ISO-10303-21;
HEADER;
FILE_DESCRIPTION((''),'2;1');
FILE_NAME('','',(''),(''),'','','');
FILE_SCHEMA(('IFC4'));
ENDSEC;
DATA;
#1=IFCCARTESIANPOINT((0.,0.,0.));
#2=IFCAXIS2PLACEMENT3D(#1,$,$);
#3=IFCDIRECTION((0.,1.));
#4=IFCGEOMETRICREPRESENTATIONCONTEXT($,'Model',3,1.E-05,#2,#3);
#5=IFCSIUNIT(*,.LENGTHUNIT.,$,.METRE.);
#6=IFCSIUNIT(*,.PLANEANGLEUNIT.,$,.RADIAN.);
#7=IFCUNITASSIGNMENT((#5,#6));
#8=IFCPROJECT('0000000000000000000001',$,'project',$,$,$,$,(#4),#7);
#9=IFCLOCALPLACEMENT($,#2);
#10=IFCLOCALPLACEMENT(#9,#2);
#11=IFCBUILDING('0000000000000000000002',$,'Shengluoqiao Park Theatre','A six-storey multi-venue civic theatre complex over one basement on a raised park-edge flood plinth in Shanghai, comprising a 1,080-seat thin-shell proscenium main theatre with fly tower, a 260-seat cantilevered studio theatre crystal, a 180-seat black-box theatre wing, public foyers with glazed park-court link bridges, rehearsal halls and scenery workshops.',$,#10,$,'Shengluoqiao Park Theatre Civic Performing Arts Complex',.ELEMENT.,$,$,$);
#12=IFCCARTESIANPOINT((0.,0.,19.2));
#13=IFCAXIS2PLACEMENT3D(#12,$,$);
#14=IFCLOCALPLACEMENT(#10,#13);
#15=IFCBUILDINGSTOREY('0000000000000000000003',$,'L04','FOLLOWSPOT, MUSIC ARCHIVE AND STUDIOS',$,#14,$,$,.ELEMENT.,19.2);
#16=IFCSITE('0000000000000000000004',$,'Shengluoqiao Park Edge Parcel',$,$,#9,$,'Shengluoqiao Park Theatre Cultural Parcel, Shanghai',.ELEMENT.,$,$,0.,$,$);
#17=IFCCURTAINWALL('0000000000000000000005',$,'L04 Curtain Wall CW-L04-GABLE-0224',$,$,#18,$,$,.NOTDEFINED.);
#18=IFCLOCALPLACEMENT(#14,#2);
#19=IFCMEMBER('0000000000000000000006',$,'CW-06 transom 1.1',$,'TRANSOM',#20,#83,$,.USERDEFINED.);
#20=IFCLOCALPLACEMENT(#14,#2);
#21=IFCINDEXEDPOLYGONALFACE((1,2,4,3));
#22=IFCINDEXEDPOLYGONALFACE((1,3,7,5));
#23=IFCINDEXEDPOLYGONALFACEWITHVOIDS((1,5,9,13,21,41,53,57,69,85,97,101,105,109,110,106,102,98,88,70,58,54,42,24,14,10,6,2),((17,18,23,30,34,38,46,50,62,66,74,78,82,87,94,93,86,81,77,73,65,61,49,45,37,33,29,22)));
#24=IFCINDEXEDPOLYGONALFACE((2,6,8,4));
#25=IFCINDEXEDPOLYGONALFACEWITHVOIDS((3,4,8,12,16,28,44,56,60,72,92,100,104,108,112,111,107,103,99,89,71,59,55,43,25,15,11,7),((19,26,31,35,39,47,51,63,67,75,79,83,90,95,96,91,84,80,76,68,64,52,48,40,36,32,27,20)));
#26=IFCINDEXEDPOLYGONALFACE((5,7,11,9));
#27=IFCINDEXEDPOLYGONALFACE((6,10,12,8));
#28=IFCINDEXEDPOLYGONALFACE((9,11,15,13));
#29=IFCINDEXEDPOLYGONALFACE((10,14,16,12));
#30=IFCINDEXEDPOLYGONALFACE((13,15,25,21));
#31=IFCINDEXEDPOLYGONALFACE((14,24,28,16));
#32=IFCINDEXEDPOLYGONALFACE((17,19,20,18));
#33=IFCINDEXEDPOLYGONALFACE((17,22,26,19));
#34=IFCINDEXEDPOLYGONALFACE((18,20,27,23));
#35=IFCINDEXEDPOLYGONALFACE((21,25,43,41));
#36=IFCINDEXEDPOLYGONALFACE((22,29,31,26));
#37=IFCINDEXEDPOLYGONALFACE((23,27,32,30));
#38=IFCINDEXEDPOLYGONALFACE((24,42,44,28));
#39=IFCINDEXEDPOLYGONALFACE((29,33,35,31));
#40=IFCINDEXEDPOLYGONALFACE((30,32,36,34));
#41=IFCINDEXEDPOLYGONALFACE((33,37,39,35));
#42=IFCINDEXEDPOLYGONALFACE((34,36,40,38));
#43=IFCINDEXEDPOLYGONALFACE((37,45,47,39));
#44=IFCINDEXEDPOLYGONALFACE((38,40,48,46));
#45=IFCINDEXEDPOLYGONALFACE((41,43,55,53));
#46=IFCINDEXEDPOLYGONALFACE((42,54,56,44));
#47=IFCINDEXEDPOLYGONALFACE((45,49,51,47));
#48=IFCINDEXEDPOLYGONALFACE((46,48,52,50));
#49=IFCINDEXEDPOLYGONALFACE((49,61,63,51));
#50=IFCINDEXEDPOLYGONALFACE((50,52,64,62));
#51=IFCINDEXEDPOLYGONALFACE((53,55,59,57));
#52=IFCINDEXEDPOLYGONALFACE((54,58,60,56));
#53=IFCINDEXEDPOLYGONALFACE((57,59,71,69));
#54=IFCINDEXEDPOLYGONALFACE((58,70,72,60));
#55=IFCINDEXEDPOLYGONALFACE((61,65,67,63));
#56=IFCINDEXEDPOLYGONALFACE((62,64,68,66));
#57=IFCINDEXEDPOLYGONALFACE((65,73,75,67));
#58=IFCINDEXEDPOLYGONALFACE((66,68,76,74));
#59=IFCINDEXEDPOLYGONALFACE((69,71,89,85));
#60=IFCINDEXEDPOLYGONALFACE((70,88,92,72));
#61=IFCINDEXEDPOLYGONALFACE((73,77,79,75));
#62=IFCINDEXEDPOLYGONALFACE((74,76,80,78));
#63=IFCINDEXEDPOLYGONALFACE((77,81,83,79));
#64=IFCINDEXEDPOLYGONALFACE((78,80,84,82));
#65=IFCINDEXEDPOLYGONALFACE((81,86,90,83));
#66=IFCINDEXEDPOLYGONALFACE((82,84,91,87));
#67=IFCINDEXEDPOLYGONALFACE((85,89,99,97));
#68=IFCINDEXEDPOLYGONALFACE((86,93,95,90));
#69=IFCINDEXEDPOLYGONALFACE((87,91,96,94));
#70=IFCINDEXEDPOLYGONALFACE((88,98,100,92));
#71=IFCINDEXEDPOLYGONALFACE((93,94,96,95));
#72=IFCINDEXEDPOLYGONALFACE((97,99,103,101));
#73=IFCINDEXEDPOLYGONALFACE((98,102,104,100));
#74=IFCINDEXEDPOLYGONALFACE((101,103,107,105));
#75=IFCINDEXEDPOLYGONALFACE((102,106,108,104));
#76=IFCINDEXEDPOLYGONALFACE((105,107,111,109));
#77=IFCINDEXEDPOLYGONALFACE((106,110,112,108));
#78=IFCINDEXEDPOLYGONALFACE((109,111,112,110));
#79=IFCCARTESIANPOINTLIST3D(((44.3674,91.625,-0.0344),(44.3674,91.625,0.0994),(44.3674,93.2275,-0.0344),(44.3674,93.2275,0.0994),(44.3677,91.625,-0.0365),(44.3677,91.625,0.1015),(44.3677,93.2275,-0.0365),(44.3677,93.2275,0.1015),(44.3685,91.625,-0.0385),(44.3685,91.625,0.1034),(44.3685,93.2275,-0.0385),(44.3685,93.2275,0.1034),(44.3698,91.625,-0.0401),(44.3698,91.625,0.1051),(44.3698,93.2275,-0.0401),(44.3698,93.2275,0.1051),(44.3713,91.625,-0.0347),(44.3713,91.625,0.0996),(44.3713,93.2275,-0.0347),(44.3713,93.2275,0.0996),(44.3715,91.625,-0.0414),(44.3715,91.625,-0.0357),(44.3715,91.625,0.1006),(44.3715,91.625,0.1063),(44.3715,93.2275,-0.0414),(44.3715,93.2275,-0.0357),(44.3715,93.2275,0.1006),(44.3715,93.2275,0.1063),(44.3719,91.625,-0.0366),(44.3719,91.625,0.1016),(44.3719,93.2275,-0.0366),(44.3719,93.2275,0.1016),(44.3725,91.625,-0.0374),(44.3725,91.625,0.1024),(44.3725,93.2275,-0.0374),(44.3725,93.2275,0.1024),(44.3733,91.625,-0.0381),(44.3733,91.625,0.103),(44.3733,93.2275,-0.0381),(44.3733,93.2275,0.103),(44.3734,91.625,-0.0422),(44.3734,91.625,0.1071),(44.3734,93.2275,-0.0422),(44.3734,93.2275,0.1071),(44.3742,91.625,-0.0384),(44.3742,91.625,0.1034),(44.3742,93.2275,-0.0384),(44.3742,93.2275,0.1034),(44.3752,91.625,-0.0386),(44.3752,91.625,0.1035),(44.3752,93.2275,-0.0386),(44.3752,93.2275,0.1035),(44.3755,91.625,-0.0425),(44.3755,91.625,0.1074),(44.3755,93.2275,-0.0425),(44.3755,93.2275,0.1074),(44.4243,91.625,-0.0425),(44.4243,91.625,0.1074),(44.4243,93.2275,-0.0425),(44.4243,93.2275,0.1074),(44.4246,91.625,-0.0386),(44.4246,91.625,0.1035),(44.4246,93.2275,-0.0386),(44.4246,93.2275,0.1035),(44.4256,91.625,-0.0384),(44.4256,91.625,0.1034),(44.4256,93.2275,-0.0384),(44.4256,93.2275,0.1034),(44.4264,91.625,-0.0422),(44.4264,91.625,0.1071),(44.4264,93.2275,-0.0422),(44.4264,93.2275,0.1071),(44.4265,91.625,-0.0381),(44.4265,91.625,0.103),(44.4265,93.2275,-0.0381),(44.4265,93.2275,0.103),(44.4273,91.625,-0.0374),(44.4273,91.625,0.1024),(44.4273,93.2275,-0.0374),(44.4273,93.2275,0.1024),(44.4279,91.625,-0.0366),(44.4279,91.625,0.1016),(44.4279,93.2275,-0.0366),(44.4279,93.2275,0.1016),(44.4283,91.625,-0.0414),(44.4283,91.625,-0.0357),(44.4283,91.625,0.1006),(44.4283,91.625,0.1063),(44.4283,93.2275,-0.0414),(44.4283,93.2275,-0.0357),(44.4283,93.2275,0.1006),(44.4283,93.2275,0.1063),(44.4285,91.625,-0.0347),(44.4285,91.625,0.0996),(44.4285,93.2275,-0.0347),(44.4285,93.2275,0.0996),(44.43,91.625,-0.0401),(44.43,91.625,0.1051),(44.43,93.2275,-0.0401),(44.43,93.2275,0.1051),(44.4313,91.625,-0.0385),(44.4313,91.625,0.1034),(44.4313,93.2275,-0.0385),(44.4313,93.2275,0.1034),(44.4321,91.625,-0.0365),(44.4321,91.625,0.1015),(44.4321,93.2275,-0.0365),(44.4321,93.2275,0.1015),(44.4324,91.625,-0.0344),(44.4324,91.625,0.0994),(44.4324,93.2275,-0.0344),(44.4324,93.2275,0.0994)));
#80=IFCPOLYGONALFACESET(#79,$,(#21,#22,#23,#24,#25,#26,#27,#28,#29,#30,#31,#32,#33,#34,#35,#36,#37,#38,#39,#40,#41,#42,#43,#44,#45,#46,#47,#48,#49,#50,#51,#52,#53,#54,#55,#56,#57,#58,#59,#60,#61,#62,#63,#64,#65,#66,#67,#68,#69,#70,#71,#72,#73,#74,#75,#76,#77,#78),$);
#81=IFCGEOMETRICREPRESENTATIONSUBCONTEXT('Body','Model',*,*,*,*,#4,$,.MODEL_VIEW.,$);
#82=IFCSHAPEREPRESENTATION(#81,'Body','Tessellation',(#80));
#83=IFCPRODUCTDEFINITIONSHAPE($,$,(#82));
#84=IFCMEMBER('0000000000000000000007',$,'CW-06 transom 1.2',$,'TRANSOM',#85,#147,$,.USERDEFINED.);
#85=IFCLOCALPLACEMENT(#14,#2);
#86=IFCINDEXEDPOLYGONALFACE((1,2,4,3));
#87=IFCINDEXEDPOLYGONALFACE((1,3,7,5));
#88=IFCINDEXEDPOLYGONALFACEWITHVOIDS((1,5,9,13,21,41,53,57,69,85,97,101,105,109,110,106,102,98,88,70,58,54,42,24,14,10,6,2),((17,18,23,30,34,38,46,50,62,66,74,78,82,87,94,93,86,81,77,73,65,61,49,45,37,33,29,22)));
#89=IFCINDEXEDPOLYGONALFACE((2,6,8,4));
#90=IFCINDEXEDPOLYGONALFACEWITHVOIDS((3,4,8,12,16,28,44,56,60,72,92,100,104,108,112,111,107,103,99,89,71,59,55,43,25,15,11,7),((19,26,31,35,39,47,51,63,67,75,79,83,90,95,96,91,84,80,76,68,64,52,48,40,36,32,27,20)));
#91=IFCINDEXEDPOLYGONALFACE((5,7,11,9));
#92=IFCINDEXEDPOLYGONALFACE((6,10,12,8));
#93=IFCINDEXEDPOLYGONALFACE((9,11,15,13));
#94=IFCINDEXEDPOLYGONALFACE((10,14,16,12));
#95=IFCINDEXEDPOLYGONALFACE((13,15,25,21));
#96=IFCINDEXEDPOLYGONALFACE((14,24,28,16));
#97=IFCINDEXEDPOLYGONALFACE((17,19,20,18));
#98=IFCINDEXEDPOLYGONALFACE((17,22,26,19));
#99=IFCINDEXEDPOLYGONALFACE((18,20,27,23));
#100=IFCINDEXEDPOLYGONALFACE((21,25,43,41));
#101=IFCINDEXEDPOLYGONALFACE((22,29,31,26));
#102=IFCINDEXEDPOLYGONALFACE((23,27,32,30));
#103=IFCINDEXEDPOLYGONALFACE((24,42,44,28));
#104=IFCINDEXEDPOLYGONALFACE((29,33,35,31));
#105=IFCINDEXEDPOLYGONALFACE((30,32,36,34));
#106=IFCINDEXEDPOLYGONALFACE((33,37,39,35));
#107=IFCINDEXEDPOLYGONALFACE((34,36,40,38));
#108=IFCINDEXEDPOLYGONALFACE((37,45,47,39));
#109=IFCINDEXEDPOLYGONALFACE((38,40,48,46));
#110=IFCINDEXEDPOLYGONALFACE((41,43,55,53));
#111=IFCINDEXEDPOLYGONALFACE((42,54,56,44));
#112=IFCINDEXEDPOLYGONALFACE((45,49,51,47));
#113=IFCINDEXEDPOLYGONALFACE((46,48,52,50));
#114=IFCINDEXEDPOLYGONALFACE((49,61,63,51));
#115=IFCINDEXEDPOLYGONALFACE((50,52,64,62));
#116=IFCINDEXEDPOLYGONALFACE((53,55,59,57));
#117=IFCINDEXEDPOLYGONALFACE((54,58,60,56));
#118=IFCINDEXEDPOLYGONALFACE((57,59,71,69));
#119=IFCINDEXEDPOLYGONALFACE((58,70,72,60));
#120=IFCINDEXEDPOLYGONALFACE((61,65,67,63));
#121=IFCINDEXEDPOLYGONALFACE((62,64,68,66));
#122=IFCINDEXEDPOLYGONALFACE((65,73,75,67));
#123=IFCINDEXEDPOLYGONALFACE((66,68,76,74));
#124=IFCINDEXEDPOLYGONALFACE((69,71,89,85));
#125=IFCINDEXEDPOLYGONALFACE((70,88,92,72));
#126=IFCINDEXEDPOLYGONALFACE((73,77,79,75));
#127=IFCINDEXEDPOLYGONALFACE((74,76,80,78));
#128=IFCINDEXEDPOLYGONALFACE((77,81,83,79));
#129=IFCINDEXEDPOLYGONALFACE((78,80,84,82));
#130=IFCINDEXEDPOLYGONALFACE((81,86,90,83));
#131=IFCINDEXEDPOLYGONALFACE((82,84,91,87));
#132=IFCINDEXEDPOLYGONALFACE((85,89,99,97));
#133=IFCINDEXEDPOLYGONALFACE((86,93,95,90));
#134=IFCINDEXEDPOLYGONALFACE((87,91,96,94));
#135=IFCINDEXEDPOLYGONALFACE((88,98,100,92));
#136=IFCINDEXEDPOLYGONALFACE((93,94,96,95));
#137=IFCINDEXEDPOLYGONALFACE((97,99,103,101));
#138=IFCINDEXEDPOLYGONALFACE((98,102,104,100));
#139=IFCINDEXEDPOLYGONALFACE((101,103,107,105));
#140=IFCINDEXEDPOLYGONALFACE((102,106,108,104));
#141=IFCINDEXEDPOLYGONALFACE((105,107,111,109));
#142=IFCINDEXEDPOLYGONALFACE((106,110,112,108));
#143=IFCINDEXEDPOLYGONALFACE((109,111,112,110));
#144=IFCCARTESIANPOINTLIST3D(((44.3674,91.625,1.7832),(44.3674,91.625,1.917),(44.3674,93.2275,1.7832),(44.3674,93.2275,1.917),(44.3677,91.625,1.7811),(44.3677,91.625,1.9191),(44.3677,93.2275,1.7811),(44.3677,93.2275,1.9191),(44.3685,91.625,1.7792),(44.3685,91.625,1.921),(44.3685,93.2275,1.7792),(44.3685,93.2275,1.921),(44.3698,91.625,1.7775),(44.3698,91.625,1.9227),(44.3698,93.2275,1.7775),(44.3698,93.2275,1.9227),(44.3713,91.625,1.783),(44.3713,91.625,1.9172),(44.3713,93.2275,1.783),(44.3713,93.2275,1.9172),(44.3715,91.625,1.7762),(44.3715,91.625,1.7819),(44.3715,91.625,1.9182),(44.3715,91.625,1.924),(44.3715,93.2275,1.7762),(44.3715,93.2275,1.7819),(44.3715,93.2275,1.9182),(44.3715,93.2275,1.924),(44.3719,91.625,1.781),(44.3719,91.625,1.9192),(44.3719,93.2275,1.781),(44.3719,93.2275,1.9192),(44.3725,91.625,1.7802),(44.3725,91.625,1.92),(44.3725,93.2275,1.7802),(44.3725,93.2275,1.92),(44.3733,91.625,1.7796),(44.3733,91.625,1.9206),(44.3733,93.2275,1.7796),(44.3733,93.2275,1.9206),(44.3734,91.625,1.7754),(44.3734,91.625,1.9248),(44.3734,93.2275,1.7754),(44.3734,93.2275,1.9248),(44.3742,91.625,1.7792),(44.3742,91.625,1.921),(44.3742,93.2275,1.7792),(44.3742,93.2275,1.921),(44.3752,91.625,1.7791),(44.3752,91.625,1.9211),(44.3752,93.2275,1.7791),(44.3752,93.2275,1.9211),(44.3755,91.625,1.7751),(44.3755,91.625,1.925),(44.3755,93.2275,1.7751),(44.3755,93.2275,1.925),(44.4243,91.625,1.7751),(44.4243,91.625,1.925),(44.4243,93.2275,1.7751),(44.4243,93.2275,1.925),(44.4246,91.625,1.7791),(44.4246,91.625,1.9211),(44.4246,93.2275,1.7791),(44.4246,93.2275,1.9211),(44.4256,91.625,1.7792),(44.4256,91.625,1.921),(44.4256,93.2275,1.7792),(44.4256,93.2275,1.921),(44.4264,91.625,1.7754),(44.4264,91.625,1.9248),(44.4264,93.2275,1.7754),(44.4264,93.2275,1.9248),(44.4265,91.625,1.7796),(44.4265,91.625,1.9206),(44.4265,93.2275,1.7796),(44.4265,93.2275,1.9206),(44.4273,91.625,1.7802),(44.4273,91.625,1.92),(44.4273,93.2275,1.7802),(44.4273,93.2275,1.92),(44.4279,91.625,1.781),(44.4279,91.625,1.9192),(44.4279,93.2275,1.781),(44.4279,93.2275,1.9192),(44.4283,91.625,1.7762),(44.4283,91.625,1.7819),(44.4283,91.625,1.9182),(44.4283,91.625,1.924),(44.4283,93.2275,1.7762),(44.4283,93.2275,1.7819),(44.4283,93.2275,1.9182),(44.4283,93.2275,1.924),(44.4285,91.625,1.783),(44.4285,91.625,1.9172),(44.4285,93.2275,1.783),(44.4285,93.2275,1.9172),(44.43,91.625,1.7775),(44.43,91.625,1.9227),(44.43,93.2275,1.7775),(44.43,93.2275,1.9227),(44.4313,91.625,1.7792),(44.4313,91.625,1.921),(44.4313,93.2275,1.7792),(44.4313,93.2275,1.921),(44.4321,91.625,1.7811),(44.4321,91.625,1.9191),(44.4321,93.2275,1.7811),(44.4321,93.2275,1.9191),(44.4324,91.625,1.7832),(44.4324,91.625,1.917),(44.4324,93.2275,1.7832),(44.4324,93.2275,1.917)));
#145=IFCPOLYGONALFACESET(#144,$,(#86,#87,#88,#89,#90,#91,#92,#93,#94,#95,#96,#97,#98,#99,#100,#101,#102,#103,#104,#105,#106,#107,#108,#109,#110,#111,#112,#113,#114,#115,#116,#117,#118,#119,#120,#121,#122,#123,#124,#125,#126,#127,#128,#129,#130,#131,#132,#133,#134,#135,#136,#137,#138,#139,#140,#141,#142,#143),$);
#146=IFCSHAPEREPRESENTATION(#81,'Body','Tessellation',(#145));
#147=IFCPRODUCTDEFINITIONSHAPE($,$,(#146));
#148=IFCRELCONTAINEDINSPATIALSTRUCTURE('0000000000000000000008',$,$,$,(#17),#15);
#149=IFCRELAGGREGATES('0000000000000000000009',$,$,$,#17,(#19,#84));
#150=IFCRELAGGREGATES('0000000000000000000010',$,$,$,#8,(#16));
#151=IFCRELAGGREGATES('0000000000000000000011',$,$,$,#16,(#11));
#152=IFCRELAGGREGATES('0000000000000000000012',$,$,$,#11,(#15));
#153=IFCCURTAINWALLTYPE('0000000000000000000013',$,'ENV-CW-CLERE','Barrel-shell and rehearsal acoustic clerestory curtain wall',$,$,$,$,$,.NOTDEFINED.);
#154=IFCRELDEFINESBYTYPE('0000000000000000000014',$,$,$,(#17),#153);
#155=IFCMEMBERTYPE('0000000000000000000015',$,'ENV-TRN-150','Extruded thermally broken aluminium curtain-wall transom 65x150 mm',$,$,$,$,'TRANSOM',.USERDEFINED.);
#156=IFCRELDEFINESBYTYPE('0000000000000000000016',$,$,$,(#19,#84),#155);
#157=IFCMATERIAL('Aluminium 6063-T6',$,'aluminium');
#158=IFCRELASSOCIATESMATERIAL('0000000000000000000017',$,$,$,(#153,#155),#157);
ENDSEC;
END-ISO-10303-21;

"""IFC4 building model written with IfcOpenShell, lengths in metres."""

from ifc_helpers import new_model, si_unit, direction, frame, origin, origin_2d, place, context, subcontext, project, spatial, hollow_rectangle, extrude, material, material_profile, profile_set, type_object, element, aggregate, save


model = new_model("IFC4")

# Units and contexts
model_context = context("Model", 3, precision=1e-05, world=origin(), true_north=direction((0.0, 1.0)))
body_context = subcontext(model_context, "Body", "Model", "MODEL_VIEW")
ifc_project = project(units=[si_unit("LENGTHUNIT", "METRE"), si_unit("PLANEANGLEUNIT", "RADIAN")], contexts=[model_context])

# Site, building, storey
site_placement = place(None, origin())
site = spatial("IfcSite", under=ifc_project, at=site_placement, Name="Shengluoqiao Park Edge Parcel", LongName="Shengluoqiao Park Theatre Cultural Parcel, Shanghai", CompositionType="ELEMENT", RefElevation=0.0)
building_placement = place(site_placement, origin())
building = spatial("IfcBuilding", under=site, at=building_placement, Name="Shengluoqiao Park Theatre", Description="A six-storey multi-venue civic theatre complex over one basement on a raised park-edge flood plinth in Shanghai, comprising a 1,080-seat thin-shell proscenium main theatre with fly tower, a 260-seat cantilevered studio theatre crystal, a 180-seat black-box theatre wing, public foyers with glazed park-court link bridges, rehearsal halls and scenery workshops.", LongName="Shengluoqiao Park Theatre Civic Performing Arts Complex", CompositionType="ELEMENT")
storey_placement = place(building_placement, frame((0.0, 0.0, 19.2)))
storey = spatial("IfcBuildingStorey", under=building, at=storey_placement, Name="L04", Description="FOLLOWSPOT, MUSIC ARCHIVE AND STUDIOS", CompositionType="ELEMENT", Elevation=19.2)

# Curtain wall
ifc_material_1 = material(Name="Aluminium 6063-T6", Category="aluminium")
curtain_wall_type = type_object("IfcCurtainWallType", Name="ENV-CW-CLERE", Description="Barrel-shell and rehearsal acoustic clerestory curtain wall", PredefinedType="NOTDEFINED", material=ifc_material_1)
curtain_wall_1_placement = place(storey_placement, origin())
curtain_wall_1 = element("IfcCurtainWall", 1, at=curtain_wall_1_placement, inside=storey, type_object=curtain_wall_type, Name="L04 Curtain Wall CW-L04-GABLE-0224", PredefinedType="NOTDEFINED")

# Members
ifc_material_profile_1 = material_profile(ifc_material_1, hollow_rectangle(XDim=0.0649, YDim=0.1499, WallThickness=0.0039, InnerFilletRadius=0.0039, OuterFilletRadius=0.0081, at=origin_2d()), Name="ALU TRANSOM 150x65x4")
ifc_profile_set_1 = profile_set([ifc_material_profile_1], Name="Aluminium 6063-T6")
member_type_1 = type_object("IfcMemberType", Name="ENV-TRN-150", Description="Extruded thermally broken aluminium curtain-wall transom 65x150 mm", ElementType="TRANSOM", PredefinedType="USERDEFINED", material=ifc_profile_set_1)
member_1_placement = place(storey_placement, frame((44.3999, 91.625, 0.0325), z_axis=(0.0, 1.0, 0.0), x_axis=(-1.0, 0.0, 0.0)))
member_1 = element("IfcMember", 2, at=member_1_placement, type_object=member_type_1, Name="CW-06 transom 1.1", ObjectType="TRANSOM", PredefinedType="USERDEFINED", context=body_context, shape_type="SweptSolid", body=[
    extrude(hollow_rectangle(XDim=0.0649, YDim=0.1499, WallThickness=0.0039, InnerFilletRadius=0.0039, OuterFilletRadius=0.0081, at=origin_2d()), origin(), (0.0, 0.0, 1.0), 1.6025),
])
member_2_placement = place(storey_placement, frame((44.3999, 91.625, 1.8501), z_axis=(0.0, 1.0, 0.0), x_axis=(-1.0, 0.0, 0.0)))
member_2 = element("IfcMember", 3, at=member_2_placement, type_object=member_type_1, Name="CW-06 transom 1.2", ObjectType="TRANSOM", PredefinedType="USERDEFINED", context=body_context, shape_type="SweptSolid", body=[
    extrude(hollow_rectangle(XDim=0.0649, YDim=0.1499, WallThickness=0.0039, InnerFilletRadius=0.0039, OuterFilletRadius=0.0081, at=origin_2d()), origin(), (0.0, 0.0, 1.0), 1.6025),
])

aggregate(curtain_wall_1, [member_1, member_2])

save(model, "model.ifc")
